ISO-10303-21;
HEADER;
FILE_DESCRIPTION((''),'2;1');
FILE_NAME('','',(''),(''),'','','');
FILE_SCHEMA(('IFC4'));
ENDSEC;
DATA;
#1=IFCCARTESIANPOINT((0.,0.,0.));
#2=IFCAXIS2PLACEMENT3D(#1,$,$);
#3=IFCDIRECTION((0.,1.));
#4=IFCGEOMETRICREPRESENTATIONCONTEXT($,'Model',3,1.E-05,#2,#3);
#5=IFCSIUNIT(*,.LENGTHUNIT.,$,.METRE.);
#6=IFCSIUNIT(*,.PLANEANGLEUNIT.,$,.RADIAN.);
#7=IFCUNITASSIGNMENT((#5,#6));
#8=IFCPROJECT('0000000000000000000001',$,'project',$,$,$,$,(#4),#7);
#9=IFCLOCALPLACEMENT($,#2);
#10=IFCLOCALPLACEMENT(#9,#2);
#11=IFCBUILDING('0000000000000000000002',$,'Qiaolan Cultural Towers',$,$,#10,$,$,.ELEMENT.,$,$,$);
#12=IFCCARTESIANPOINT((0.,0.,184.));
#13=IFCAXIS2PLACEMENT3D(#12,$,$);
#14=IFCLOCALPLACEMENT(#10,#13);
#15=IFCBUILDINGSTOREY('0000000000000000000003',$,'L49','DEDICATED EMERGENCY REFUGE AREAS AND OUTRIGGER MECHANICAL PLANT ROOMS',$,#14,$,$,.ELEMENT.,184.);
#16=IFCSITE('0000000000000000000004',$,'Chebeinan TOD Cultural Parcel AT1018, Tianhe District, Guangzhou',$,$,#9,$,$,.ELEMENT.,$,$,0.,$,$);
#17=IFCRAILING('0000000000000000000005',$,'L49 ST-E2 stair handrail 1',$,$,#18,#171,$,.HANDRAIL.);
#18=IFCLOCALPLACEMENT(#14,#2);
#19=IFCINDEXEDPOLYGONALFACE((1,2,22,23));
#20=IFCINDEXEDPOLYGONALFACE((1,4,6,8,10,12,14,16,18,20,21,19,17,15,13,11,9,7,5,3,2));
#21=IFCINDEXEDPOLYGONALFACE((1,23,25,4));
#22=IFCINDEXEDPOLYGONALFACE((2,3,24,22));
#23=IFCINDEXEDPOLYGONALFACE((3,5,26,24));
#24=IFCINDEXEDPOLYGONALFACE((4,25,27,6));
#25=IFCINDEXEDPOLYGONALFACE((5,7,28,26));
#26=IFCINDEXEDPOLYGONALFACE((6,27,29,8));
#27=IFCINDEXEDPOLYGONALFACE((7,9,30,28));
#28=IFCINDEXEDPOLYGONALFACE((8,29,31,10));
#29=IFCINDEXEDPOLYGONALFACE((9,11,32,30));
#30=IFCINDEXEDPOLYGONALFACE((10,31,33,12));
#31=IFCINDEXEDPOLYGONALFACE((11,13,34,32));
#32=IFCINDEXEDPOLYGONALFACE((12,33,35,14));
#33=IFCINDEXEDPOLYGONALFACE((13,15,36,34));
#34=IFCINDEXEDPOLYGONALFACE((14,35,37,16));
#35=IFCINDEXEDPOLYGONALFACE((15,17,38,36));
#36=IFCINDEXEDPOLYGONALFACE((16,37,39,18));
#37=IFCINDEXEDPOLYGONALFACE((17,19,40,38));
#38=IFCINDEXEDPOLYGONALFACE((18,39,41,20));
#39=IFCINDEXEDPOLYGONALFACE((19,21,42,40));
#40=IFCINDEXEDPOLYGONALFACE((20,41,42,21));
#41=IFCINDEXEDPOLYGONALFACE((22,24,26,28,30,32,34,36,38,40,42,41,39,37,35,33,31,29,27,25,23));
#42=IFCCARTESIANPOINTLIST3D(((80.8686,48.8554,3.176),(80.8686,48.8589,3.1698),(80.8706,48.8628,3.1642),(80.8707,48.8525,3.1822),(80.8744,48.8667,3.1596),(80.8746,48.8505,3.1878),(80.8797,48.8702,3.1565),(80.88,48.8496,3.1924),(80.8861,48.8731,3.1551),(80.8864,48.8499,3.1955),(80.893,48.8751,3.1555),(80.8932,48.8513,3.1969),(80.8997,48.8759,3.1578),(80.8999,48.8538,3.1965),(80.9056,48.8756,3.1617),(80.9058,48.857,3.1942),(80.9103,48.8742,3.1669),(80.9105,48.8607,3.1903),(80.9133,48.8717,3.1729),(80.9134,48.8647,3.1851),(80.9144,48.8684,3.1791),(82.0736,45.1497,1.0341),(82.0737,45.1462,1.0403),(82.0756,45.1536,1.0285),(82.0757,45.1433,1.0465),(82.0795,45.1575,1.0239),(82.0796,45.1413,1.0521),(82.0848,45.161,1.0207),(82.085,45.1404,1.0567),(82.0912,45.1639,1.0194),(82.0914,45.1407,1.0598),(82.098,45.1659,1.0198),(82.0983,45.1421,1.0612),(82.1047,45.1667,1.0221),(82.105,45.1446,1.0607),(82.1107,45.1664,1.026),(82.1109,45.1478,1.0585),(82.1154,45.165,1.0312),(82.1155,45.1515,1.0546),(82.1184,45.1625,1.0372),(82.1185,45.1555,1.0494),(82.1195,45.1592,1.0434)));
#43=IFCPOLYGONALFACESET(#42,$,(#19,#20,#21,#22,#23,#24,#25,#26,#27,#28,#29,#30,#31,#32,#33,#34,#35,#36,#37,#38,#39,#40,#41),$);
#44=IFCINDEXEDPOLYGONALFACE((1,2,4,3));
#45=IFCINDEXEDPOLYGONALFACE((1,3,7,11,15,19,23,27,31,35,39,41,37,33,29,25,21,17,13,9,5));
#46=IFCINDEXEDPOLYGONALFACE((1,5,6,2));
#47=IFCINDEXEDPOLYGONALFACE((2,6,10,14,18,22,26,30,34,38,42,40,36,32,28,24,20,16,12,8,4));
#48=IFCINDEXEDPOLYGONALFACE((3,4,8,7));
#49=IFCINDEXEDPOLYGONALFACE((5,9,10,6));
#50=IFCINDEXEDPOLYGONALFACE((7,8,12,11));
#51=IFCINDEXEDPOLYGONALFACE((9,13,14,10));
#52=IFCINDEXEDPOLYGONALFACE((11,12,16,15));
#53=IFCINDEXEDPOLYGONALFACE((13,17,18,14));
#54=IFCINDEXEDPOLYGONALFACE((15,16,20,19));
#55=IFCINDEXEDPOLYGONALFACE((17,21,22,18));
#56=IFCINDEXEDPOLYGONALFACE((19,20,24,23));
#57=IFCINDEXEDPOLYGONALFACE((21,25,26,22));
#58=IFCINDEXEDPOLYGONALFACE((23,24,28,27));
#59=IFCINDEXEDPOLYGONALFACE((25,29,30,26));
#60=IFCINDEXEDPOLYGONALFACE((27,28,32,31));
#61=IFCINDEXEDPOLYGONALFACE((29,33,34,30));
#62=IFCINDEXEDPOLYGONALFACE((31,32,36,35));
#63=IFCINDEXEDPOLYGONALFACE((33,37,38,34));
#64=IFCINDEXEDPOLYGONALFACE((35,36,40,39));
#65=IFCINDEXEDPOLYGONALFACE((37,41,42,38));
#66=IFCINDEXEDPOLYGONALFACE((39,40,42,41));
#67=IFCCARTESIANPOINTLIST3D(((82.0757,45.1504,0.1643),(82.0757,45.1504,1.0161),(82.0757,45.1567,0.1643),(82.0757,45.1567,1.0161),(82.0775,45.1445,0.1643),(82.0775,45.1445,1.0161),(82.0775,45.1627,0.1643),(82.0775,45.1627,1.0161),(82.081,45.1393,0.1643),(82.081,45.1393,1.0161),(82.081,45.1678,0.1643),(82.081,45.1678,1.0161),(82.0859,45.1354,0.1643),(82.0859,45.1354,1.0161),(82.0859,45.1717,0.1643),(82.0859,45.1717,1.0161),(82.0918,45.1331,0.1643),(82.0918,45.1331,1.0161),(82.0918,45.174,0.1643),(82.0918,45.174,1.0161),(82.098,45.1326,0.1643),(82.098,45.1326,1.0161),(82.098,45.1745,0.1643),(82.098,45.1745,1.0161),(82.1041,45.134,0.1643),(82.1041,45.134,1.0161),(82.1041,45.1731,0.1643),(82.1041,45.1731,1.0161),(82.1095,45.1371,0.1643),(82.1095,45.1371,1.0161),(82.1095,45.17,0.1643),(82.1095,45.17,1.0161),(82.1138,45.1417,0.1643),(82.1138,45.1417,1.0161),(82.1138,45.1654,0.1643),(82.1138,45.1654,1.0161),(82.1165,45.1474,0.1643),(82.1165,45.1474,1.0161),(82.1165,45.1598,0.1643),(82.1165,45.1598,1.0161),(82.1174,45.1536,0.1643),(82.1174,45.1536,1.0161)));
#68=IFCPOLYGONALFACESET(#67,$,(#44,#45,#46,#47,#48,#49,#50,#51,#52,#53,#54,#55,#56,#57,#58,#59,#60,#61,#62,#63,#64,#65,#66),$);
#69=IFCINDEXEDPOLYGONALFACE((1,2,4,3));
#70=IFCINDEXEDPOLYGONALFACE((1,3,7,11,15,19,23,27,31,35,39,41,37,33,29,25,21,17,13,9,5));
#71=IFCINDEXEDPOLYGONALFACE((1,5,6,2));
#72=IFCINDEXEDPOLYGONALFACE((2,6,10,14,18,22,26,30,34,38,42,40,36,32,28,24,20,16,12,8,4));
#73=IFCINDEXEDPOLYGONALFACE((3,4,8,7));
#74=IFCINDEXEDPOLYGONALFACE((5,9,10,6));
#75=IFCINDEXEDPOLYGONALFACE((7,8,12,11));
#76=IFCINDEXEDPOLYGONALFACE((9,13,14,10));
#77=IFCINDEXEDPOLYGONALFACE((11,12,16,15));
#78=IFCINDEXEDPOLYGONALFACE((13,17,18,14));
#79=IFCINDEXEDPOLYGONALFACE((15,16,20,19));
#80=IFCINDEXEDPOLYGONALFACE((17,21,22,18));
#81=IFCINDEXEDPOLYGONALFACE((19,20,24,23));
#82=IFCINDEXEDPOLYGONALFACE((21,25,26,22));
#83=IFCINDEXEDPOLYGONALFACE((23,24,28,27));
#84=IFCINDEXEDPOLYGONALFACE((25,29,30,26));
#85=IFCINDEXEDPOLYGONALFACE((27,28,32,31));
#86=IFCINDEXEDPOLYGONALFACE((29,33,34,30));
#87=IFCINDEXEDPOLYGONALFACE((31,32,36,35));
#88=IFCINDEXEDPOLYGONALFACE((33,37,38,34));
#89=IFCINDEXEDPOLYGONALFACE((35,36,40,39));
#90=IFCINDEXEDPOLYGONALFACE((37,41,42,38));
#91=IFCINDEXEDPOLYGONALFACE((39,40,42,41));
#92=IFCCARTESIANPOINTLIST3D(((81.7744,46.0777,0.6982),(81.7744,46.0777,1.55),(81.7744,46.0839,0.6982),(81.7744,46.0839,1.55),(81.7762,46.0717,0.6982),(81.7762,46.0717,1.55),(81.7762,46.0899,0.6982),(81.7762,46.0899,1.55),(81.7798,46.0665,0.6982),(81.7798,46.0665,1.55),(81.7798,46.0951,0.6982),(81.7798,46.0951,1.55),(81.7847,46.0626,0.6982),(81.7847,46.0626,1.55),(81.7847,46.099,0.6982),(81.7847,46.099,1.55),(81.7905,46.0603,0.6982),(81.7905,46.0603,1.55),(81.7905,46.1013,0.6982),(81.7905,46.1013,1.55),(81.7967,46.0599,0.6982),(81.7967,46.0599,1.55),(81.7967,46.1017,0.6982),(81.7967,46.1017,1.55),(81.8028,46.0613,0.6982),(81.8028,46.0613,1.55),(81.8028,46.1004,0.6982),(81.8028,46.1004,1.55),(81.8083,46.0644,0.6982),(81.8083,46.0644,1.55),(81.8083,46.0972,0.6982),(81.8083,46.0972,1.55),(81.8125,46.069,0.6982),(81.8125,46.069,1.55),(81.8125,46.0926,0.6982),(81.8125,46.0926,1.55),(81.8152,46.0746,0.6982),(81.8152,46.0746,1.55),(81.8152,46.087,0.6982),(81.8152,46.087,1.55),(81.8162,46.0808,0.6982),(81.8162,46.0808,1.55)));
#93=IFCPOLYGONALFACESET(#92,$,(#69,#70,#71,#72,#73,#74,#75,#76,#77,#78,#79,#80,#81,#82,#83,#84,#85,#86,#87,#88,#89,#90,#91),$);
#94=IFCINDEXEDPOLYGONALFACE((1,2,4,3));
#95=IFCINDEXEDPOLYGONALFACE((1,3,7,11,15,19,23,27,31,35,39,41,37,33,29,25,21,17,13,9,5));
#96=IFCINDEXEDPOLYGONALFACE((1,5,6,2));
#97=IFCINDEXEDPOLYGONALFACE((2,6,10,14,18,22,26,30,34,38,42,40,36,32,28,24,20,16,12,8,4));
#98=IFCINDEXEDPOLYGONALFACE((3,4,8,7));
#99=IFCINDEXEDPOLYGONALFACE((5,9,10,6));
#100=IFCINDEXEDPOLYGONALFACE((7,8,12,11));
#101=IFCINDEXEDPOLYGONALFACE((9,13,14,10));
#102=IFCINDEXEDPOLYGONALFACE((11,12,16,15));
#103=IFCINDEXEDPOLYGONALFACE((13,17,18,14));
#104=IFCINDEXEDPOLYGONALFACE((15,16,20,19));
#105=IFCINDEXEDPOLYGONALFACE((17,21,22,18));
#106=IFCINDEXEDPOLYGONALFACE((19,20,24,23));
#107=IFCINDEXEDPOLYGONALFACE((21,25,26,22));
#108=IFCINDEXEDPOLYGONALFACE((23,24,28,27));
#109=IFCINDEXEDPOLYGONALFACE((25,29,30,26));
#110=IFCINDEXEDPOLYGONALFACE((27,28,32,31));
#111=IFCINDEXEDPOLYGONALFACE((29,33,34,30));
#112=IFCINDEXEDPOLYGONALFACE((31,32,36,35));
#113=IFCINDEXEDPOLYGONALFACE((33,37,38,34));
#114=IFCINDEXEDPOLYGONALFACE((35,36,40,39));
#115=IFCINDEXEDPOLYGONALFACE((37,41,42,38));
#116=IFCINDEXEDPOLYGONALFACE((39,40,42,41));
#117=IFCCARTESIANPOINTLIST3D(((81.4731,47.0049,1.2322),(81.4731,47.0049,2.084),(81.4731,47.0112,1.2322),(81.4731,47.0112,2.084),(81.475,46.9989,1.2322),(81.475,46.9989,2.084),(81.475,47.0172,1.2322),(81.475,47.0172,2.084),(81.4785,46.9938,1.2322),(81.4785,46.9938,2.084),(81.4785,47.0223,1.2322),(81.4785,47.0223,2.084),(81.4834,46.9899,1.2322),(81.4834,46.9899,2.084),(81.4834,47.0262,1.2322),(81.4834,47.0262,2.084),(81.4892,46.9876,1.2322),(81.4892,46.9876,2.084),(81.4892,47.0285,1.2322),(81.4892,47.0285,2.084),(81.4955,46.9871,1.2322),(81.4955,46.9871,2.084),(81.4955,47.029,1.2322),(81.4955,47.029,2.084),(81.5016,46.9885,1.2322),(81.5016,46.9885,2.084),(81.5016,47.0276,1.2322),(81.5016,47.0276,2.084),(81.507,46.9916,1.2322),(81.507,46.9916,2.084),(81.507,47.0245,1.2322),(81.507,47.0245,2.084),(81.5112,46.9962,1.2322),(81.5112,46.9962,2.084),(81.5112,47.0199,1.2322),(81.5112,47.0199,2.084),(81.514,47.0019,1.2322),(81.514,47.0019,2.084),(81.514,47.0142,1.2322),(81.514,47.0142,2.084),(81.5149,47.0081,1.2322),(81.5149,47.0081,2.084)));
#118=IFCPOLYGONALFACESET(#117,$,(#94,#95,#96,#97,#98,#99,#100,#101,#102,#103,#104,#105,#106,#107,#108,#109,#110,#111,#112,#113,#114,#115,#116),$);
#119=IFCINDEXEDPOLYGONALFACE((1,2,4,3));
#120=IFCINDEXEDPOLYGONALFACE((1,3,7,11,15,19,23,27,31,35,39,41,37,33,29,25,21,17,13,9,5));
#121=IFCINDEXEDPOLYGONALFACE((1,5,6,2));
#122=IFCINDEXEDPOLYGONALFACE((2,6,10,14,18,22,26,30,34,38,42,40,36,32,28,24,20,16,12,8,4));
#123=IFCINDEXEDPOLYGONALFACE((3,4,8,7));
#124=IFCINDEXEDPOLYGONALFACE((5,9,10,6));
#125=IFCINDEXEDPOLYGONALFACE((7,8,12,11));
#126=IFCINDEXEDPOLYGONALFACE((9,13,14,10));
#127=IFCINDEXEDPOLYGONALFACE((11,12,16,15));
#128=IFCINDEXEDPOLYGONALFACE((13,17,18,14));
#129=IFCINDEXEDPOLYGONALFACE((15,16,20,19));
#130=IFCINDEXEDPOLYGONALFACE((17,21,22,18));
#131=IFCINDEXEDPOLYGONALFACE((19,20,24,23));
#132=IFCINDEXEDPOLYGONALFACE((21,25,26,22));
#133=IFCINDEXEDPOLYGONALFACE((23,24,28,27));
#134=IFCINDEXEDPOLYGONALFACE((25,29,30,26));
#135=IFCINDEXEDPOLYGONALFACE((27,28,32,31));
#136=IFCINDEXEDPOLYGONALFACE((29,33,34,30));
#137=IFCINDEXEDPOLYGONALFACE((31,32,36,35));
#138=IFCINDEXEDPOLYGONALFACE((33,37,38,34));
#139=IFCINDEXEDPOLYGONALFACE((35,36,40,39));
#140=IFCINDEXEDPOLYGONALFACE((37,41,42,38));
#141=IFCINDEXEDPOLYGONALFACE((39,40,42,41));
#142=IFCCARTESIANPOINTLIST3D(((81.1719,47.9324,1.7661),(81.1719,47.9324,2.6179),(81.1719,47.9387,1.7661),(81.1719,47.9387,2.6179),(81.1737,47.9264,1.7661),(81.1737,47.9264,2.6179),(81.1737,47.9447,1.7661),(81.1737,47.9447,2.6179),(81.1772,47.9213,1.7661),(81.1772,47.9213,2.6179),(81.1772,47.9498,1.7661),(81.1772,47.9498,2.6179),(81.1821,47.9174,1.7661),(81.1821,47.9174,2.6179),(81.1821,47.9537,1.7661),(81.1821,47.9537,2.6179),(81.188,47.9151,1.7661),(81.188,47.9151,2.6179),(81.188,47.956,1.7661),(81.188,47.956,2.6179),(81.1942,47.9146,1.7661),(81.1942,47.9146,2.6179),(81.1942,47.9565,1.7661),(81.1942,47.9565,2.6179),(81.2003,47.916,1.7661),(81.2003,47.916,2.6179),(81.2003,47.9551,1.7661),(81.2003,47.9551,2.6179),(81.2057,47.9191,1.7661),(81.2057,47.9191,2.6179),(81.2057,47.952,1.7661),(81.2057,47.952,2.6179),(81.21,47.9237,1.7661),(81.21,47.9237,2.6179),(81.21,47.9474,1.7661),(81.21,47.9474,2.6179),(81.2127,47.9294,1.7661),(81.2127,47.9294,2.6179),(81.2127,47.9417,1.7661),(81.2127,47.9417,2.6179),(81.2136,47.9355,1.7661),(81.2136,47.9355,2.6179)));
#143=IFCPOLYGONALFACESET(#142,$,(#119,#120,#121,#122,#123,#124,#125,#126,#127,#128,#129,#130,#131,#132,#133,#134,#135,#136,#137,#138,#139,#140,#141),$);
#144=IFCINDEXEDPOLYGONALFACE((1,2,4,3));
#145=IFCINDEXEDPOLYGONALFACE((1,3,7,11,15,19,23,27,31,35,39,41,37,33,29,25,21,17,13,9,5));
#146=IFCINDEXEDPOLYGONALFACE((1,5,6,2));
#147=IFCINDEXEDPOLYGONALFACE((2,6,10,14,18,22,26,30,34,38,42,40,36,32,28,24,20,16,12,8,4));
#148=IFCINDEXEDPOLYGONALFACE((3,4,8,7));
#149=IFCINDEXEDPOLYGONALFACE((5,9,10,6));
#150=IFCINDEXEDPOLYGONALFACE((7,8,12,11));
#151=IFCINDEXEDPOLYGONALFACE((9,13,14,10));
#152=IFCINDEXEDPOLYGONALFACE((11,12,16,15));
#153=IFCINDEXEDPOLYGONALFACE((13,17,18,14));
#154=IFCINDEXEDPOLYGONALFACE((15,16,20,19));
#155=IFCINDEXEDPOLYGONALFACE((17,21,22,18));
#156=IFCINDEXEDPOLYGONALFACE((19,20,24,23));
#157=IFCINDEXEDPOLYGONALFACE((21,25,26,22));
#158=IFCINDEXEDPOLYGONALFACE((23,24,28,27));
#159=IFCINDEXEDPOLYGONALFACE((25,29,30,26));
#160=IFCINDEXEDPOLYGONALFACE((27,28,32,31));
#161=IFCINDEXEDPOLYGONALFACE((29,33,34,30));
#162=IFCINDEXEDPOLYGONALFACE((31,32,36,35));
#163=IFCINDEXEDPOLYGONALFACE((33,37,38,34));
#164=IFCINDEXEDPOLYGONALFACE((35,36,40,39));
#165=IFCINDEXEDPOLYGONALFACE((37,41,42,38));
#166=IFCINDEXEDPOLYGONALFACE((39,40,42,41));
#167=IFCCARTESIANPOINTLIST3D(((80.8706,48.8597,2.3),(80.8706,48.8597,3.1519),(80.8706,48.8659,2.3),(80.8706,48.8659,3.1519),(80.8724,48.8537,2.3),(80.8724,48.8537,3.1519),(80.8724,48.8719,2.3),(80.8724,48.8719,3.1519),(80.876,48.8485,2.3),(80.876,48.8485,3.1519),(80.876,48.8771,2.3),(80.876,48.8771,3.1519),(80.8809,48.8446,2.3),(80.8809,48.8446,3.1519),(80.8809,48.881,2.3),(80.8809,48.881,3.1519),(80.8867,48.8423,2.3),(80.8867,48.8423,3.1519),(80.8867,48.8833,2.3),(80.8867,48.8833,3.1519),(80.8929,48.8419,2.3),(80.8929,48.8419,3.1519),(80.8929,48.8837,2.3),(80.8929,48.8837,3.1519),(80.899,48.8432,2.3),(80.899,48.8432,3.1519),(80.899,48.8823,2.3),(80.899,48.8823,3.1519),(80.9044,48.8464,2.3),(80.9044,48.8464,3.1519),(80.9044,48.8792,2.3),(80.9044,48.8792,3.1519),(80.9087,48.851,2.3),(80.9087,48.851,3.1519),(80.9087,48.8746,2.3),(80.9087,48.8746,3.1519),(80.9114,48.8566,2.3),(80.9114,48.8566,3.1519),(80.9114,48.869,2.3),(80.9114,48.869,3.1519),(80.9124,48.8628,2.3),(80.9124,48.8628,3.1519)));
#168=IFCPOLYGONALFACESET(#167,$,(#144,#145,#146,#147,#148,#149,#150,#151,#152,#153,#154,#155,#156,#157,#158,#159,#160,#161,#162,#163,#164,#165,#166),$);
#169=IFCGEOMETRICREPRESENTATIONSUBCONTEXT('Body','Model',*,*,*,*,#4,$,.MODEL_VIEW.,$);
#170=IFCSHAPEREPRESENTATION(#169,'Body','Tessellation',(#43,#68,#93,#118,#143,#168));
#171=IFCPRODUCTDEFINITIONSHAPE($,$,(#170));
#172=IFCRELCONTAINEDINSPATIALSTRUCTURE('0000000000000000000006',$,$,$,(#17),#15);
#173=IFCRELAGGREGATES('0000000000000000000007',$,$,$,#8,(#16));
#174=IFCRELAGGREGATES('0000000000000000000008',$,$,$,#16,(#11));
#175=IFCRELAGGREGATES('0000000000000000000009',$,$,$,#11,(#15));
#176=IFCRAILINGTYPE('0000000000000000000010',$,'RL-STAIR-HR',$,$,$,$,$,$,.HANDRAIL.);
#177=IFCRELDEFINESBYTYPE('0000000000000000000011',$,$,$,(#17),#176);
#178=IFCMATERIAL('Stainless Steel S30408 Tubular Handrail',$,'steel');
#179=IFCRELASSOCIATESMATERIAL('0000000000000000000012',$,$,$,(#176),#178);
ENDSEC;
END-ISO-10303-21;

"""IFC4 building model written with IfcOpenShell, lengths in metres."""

from ifc_helpers import new_model, si_unit, direction, frame, origin, origin_2d, place, context, subcontext, project, spatial, circle, extrude, material, type_object, element, save


model = new_model("IFC4")

# Units and contexts
model_context = context("Model", 3, precision=1e-05, world=origin(), true_north=direction((0.0, 1.0)))
body_context = subcontext(model_context, "Body", "Model", "MODEL_VIEW")
ifc_project = project(units=[si_unit("LENGTHUNIT", "METRE"), si_unit("PLANEANGLEUNIT", "RADIAN")], contexts=[model_context])

# Site, building, storey
site_placement = place(None, origin())
site = spatial("IfcSite", under=ifc_project, at=site_placement, Name="Chebeinan TOD Cultural Parcel AT1018, Tianhe District, Guangzhou", CompositionType="ELEMENT", RefElevation=0.0)
building_placement = place(site_placement, origin())
building = spatial("IfcBuilding", under=site, at=building_placement, Name="Qiaolan Cultural Towers", CompositionType="ELEMENT")
storey_placement = place(building_placement, frame((0.0, 0.0, 184.0)))
storey = spatial("IfcBuildingStorey", under=building, at=storey_placement, Name="L49", Description="DEDICATED EMERGENCY REFUGE AREAS AND OUTRIGGER MECHANICAL PLANT ROOMS", CompositionType="ELEMENT", Elevation=184.0)

# Railing
ifc_material_1 = material(Name="Stainless Steel S30408 Tubular Handrail", Category="steel")
railing_type_1 = type_object("IfcRailingType", Name="RL-STAIR-HR", PredefinedType="HANDRAIL", material=ifc_material_1)
railing_1_placement = place(storey_placement, frame((82.0964, 45.1536, 0.1643)))
element("IfcRailing", 1, at=railing_1_placement, inside=storey, type_object=railing_type_1, Name="L49 ST-E2 stair handrail 1", PredefinedType="HANDRAIL", context=body_context, shape_type="SweptSolid", body=[
    extrude(circle(Radius=0.0239, at=origin_2d()), frame((0.0, 0.0, 0.876), z_axis=(-0.271013, 0.834177, 0.480312), x_axis=(-0.951066, -0.308988, 0.0)), (0.0, 0.0, 1.0), 4.4465),
    extrude(circle(Radius=0.021, at=origin_2d()), origin(), (0.0, 0.0, 1.0), 0.8518),
    extrude(circle(Radius=0.021, at=origin_2d()), frame((-0.3013, 0.9272, 0.5339)), (0.0, 0.0, 1.0), 0.8518),
    extrude(circle(Radius=0.021, at=origin_2d()), frame((-0.6025, 1.8545, 1.0679)), (0.0, 0.0, 1.0), 0.8518),
    extrude(circle(Radius=0.021, at=origin_2d()), frame((-0.9038, 2.782, 1.6018)), (0.0, 0.0, 1.0), 0.8518),
    extrude(circle(Radius=0.021, at=origin_2d()), frame((-1.2051, 3.7092, 2.1357)), (0.0, 0.0, 1.0), 0.8518),
])

save(model, "model.ifc")
